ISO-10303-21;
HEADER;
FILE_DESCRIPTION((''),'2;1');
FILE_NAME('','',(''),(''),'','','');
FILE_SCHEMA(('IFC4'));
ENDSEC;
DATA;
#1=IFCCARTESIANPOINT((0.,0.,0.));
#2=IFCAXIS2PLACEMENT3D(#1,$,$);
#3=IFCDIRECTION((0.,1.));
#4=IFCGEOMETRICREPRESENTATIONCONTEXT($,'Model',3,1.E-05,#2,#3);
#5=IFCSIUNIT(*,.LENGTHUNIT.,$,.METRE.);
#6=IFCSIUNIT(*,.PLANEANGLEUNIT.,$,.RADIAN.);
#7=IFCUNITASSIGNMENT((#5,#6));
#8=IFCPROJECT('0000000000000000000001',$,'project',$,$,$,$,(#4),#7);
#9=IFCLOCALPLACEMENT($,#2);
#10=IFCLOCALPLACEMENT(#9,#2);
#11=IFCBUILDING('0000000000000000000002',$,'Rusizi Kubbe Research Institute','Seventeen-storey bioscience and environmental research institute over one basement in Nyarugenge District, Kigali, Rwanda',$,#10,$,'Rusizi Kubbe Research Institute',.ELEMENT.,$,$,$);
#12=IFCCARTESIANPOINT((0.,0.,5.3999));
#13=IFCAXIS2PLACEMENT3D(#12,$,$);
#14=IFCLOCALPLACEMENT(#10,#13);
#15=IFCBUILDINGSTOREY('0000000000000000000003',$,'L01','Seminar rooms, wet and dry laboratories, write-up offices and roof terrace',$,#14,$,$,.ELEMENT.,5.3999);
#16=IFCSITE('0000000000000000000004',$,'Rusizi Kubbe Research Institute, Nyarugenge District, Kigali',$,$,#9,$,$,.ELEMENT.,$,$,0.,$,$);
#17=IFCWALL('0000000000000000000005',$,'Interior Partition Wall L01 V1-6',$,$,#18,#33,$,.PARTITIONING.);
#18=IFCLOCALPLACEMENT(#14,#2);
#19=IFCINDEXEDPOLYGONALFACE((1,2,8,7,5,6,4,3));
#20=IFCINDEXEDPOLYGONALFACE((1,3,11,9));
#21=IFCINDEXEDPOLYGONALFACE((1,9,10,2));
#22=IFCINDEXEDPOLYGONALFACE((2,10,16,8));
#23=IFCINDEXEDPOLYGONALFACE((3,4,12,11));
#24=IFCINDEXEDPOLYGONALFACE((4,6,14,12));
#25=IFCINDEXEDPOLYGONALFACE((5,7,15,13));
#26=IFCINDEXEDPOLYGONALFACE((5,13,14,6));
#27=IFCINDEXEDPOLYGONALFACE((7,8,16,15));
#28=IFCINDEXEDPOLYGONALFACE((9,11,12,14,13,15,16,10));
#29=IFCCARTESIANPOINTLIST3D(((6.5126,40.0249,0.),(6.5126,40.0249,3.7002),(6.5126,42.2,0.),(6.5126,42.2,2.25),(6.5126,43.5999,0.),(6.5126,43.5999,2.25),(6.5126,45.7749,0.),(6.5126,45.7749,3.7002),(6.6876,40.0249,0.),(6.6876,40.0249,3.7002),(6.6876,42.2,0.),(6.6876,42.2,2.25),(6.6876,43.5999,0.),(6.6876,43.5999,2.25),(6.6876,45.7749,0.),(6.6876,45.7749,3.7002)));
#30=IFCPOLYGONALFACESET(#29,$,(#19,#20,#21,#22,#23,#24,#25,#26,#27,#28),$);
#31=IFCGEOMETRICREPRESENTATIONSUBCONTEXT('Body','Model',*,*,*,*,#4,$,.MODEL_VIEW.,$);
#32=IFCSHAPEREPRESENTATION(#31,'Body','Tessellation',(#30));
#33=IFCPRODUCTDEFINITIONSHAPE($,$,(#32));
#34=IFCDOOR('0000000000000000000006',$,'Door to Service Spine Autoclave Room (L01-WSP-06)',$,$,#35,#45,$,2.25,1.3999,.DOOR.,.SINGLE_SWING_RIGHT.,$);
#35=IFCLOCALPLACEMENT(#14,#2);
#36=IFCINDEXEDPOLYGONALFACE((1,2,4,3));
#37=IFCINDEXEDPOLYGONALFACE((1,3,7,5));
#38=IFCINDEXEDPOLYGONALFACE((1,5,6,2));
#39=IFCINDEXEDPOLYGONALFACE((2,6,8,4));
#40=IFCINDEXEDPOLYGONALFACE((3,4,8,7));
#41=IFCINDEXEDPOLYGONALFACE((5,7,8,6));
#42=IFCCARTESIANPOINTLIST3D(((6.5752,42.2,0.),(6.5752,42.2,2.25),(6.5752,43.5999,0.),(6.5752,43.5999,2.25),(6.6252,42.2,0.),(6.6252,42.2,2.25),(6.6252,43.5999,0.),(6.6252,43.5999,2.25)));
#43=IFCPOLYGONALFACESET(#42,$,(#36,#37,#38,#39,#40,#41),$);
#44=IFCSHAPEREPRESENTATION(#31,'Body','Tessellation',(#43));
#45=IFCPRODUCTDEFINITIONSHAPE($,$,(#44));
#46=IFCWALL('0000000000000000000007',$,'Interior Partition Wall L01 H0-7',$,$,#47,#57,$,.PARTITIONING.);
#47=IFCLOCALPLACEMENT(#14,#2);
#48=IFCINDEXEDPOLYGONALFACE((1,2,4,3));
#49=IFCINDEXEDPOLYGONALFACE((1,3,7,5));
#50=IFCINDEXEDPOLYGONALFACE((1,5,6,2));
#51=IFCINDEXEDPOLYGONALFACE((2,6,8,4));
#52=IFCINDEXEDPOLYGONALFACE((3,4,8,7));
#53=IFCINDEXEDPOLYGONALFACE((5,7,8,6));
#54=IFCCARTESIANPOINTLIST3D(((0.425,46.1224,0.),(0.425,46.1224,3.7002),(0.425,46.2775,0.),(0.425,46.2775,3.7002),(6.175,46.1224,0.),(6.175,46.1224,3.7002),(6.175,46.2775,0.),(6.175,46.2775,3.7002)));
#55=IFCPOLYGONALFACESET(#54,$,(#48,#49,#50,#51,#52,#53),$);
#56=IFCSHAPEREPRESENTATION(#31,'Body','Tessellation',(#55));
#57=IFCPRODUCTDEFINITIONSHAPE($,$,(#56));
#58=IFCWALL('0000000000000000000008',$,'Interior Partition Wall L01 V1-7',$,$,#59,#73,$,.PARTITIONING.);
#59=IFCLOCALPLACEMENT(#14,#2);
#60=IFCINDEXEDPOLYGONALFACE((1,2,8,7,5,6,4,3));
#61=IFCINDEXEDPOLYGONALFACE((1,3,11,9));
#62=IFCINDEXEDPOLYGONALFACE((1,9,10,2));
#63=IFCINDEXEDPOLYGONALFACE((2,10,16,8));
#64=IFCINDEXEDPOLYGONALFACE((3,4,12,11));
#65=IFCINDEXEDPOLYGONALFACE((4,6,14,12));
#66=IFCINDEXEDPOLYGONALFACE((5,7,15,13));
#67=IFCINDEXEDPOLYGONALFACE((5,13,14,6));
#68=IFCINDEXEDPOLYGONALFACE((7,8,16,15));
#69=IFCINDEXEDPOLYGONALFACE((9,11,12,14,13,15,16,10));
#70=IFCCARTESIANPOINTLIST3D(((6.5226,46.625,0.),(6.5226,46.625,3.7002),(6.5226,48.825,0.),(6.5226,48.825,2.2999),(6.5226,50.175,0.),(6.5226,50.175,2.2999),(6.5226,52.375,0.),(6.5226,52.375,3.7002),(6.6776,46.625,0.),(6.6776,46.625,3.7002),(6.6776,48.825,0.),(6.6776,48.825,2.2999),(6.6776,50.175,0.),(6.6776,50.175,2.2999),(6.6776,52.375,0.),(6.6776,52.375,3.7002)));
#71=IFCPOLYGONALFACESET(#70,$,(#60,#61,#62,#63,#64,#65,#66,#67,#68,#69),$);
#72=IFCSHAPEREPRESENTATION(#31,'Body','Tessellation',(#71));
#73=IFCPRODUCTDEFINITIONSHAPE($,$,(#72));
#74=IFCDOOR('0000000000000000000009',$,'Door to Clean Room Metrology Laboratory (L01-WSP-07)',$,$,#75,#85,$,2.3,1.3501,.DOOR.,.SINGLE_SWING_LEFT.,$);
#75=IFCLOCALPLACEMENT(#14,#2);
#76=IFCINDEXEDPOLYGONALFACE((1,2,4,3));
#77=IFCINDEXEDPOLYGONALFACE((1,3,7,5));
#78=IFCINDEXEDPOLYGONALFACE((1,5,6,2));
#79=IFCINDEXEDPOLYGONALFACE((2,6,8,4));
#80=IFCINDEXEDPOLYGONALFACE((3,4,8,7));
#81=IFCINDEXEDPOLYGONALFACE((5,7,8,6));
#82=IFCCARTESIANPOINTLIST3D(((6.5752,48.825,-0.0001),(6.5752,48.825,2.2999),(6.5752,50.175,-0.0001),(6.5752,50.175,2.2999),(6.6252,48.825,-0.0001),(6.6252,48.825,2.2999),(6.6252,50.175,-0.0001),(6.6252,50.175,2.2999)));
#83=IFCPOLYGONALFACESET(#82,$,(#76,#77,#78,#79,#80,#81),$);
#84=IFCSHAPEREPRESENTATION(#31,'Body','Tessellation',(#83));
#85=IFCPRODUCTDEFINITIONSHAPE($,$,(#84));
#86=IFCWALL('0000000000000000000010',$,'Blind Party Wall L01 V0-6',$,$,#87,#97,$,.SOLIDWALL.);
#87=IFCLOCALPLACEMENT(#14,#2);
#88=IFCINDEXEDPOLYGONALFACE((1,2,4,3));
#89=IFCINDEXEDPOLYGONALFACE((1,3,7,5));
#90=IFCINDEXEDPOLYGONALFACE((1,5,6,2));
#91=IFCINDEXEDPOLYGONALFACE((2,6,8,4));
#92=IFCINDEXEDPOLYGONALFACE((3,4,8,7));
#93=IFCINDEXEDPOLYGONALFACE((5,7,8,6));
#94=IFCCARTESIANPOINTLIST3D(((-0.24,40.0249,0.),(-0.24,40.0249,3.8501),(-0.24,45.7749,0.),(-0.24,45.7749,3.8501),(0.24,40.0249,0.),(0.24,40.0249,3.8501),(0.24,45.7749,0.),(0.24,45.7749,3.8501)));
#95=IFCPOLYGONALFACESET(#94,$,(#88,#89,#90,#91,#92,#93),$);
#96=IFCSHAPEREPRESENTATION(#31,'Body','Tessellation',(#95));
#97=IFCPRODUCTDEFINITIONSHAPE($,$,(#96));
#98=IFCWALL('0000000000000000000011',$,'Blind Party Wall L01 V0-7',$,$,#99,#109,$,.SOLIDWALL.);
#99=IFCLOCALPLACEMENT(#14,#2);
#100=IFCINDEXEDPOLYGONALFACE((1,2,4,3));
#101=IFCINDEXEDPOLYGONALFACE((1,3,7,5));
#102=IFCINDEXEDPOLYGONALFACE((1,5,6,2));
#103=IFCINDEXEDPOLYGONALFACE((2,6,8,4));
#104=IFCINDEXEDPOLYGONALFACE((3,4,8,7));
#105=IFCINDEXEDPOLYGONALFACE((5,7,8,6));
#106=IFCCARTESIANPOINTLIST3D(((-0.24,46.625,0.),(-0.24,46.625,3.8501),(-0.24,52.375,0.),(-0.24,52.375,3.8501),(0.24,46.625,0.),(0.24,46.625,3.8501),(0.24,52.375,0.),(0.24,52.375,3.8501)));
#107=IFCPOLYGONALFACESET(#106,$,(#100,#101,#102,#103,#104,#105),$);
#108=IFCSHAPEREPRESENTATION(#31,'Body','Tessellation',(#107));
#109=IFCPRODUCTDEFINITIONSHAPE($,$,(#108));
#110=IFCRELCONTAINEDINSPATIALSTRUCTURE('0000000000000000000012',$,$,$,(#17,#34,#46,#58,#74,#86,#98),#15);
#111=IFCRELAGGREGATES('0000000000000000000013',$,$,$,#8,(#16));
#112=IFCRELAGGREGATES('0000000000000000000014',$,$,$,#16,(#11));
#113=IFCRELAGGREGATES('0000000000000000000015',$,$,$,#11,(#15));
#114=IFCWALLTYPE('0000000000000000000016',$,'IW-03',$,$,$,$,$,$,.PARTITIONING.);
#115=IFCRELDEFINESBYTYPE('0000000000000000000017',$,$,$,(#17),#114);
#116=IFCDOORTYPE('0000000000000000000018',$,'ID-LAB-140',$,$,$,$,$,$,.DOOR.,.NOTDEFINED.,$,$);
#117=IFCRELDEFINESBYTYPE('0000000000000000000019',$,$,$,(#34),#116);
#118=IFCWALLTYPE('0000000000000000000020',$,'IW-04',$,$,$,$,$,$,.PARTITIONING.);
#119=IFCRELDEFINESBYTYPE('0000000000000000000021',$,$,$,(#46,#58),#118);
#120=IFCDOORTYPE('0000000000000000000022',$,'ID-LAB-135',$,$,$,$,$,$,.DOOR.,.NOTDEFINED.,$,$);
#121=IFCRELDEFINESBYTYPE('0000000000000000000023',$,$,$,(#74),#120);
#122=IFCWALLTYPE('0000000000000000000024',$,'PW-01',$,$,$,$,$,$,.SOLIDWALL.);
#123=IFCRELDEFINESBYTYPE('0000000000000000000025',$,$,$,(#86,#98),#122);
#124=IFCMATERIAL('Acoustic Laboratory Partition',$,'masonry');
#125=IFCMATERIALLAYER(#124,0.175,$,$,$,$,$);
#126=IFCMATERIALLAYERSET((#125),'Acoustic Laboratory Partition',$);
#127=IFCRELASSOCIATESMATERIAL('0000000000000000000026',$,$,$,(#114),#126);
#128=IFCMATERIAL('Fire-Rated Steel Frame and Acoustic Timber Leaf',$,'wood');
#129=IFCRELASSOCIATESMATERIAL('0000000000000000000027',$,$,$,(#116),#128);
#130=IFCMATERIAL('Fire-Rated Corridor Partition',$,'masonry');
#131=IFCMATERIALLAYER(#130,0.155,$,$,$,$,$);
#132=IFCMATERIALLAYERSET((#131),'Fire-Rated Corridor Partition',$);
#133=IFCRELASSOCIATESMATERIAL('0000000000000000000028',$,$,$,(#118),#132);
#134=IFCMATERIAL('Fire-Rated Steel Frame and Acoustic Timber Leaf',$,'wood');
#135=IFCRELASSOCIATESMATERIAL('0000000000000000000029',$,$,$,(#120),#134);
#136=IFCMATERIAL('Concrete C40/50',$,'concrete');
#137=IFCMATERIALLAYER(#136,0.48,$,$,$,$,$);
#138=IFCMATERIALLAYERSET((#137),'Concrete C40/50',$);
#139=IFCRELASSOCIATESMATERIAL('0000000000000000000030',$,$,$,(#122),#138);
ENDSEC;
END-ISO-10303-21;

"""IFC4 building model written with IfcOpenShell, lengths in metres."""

from ifc_helpers import new_model, si_unit, direction, frame, frame_2d, origin, place, context, subcontext, project, spatial, rectangle, extrude, material, layer, layer_set, type_object, element, fill, save


model = new_model("IFC4")

# Units and contexts
model_context = context("Model", 3, precision=1e-05, world=origin(), true_north=direction((0.0, 1.0)))
body_context = subcontext(model_context, "Body", "Model", "MODEL_VIEW")
ifc_project = project(units=[si_unit("LENGTHUNIT", "METRE"), si_unit("PLANEANGLEUNIT", "RADIAN")], contexts=[model_context])

# Site, building, storey
site_placement = place(None, origin())
site = spatial("IfcSite", under=ifc_project, at=site_placement, Name="Rusizi Kubbe Research Institute, Nyarugenge District, Kigali", CompositionType="ELEMENT", RefElevation=0.0)
building_placement = place(site_placement, origin())
building = spatial("IfcBuilding", under=site, at=building_placement, Name="Rusizi Kubbe Research Institute", Description="Seventeen-storey bioscience and environmental research institute over one basement in Nyarugenge District, Kigali, Rwanda", LongName="Rusizi Kubbe Research Institute", CompositionType="ELEMENT")
storey_placement = place(building_placement, frame((0.0, 0.0, 5.3999)))
storey = spatial("IfcBuildingStorey", under=building, at=storey_placement, Name="L01", Description="Seminar rooms, wet and dry laboratories, write-up offices and roof terrace", CompositionType="ELEMENT", Elevation=5.3999)

# Wall, opening, door
ifc_material_1 = material(Name="Acoustic Laboratory Partition", Category="masonry")
ifc_layer_1 = layer(ifc_material_1, 0.175)
ifc_layer_set_1 = layer_set([ifc_layer_1], Name="Acoustic Laboratory Partition")
wall_type_1 = type_object("IfcWallType", Name="IW-03", PredefinedType="PARTITIONING", material=ifc_layer_set_1)
wall_1_placement = place(storey_placement, frame((6.6001, 40.0249, 0.0), z_axis=(0.0, 0.0, 1.0), x_axis=(0.0, 1.0, 0.0)))
wall_1 = element("IfcWall", 1, at=wall_1_placement, inside=storey, type_object=wall_type_1, Name="Interior Partition Wall L01 V1-6", PredefinedType="PARTITIONING", context=body_context, shape_type="SweptSolid", body=[
    extrude(rectangle(XDim=5.75, YDim=0.175, at=frame_2d((2.875, 0.0))), origin(), (0.0, 0.0, 1.0), 3.7002),
])
opening_1_placement = place(wall_1_placement, frame((2.175, 0.0, 0.0)))
opening_1 = element("IfcOpeningElement", 2, at=opening_1_placement, cuts=wall_1, PredefinedType="OPENING", context=body_context, shape_type="SweptSolid", body=[
    extrude(rectangle(XDim=1.3999, YDim=2.25, at=frame_2d((0.7, 1.125))), frame((0.0, 0.0974, 0.0), z_axis=(0.0, -1.0, 0.0), x_axis=(1.0, 0.0, 0.0)), (0.0, 0.0, 1.0), 0.1951),
])
ifc_material_2 = material(Name="Fire-Rated Steel Frame and Acoustic Timber Leaf", Category="wood")
door_type_1 = type_object("IfcDoorType", Name="ID-LAB-140", OperationType="NOTDEFINED", PredefinedType="DOOR", material=ifc_material_2)
door_1_placement = place(opening_1_placement, origin())
door_1 = element("IfcDoor", 3, at=door_1_placement, inside=storey, type_object=door_type_1, Name="Door to Service Spine Autoclave Room (L01-WSP-06)", OperationType="SINGLE_SWING_RIGHT", OverallHeight=2.25, OverallWidth=1.3999, PredefinedType="DOOR", context=body_context, shape_type="SweptSolid", body=[
    extrude(rectangle(XDim=1.3999, YDim=2.25, at=frame_2d((0.7, 1.125))), frame((0.0, 0.0249, 0.0), z_axis=(0.0, -1.0, 0.0), x_axis=(1.0, 0.0, 0.0)), (0.0, 0.0, 1.0), 0.05),
])
fill(opening_1, door_1)

# Wall
ifc_material_3 = material(Name="Fire-Rated Corridor Partition", Category="masonry")
ifc_layer_2 = layer(ifc_material_3, 0.155)
ifc_layer_set_2 = layer_set([ifc_layer_2], Name="Fire-Rated Corridor Partition")
wall_type_2 = type_object("IfcWallType", Name="IW-04", PredefinedType="PARTITIONING", material=ifc_layer_set_2)
wall_2_placement = place(storey_placement, frame((0.425, 46.2, 0.0), z_axis=(0.0, 0.0, 1.0), x_axis=(1.0, 0.0, 0.0)))
element("IfcWall", 4, at=wall_2_placement, inside=storey, type_object=wall_type_2, Name="Interior Partition Wall L01 H0-7", PredefinedType="PARTITIONING", context=body_context, shape_type="SweptSolid", body=[
    extrude(rectangle(XDim=5.75, YDim=0.155, at=frame_2d((2.875, 0.0))), origin(), (0.0, 0.0, 1.0), 3.7002),
])

# Wall, opening, door
wall_3_placement = place(storey_placement, frame((6.6001, 46.625, 0.0), z_axis=(0.0, 0.0, 1.0), x_axis=(0.0, 1.0, 0.0)))
wall_3 = element("IfcWall", 5, at=wall_3_placement, inside=storey, type_object=wall_type_2, Name="Interior Partition Wall L01 V1-7", PredefinedType="PARTITIONING", context=body_context, shape_type="SweptSolid", body=[
    extrude(rectangle(XDim=5.75, YDim=0.155, at=frame_2d((2.875, 0.0))), origin(), (0.0, 0.0, 1.0), 3.7002),
])
opening_2_placement = place(wall_3_placement, frame((2.2, 0.0, 0.0)))
opening_2 = element("IfcOpeningElement", 6, at=opening_2_placement, cuts=wall_3, PredefinedType="OPENING", context=body_context, shape_type="SweptSolid", body=[
    extrude(rectangle(XDim=1.3501, YDim=2.3, at=frame_2d((0.675, 1.1499))), frame((0.0, 0.0874, 0.0), z_axis=(0.0, -1.0, 0.0), x_axis=(1.0, 0.0, 0.0)), (0.0, 0.0, 1.0), 0.175),
])
ifc_material_4 = material(Name="Fire-Rated Steel Frame and Acoustic Timber Leaf", Category="wood")
door_type_2 = type_object("IfcDoorType", Name="ID-LAB-135", OperationType="NOTDEFINED", PredefinedType="DOOR", material=ifc_material_4)
door_2_placement = place(opening_2_placement, origin())
door_2 = element("IfcDoor", 7, at=door_2_placement, inside=storey, type_object=door_type_2, Name="Door to Clean Room Metrology Laboratory (L01-WSP-07)", OperationType="SINGLE_SWING_LEFT", OverallHeight=2.3, OverallWidth=1.3501, PredefinedType="DOOR", context=body_context, shape_type="SweptSolid", body=[
    extrude(rectangle(XDim=1.3501, YDim=2.3, at=frame_2d((0.675, 1.1499))), frame((0.0, 0.0249, 0.0), z_axis=(0.0, -1.0, 0.0), x_axis=(1.0, 0.0, 0.0)), (0.0, 0.0, 1.0), 0.05),
])
fill(opening_2, door_2)

# Walls
ifc_material_5 = material(Name="Concrete C40/50", Category="concrete")
ifc_layer_3 = layer(ifc_material_5, 0.48)
ifc_layer_set_3 = layer_set([ifc_layer_3], Name="Concrete C40/50")
wall_type_3 = type_object("IfcWallType", Name="PW-01", PredefinedType="SOLIDWALL", material=ifc_layer_set_3)
for number, where, z_axis, x_axis, name in (
    (8, (0.0, 40.0249, 0.0), (0.0, 0.0, 1.0), (0.0, 1.0, 0.0), "Blind Party Wall L01 V0-6"),
    (9, (0.0, 46.625, 0.0), (0.0, 0.0, 1.0), (0.0, 1.0, 0.0), "Blind Party Wall L01 V0-7"),
):
    element("IfcWall", number, at=place(storey_placement, frame(where, z_axis=z_axis, x_axis=x_axis)), inside=storey, type_object=wall_type_3, Name=name, PredefinedType="SOLIDWALL", context=body_context, shape_type="SweptSolid", body=[
        extrude(rectangle(XDim=5.75, YDim=0.48, at=frame_2d((2.875, 0.0))), origin(), (0.0, 0.0, 1.0), 3.8501),
    ])

save(model, "model.ifc")
